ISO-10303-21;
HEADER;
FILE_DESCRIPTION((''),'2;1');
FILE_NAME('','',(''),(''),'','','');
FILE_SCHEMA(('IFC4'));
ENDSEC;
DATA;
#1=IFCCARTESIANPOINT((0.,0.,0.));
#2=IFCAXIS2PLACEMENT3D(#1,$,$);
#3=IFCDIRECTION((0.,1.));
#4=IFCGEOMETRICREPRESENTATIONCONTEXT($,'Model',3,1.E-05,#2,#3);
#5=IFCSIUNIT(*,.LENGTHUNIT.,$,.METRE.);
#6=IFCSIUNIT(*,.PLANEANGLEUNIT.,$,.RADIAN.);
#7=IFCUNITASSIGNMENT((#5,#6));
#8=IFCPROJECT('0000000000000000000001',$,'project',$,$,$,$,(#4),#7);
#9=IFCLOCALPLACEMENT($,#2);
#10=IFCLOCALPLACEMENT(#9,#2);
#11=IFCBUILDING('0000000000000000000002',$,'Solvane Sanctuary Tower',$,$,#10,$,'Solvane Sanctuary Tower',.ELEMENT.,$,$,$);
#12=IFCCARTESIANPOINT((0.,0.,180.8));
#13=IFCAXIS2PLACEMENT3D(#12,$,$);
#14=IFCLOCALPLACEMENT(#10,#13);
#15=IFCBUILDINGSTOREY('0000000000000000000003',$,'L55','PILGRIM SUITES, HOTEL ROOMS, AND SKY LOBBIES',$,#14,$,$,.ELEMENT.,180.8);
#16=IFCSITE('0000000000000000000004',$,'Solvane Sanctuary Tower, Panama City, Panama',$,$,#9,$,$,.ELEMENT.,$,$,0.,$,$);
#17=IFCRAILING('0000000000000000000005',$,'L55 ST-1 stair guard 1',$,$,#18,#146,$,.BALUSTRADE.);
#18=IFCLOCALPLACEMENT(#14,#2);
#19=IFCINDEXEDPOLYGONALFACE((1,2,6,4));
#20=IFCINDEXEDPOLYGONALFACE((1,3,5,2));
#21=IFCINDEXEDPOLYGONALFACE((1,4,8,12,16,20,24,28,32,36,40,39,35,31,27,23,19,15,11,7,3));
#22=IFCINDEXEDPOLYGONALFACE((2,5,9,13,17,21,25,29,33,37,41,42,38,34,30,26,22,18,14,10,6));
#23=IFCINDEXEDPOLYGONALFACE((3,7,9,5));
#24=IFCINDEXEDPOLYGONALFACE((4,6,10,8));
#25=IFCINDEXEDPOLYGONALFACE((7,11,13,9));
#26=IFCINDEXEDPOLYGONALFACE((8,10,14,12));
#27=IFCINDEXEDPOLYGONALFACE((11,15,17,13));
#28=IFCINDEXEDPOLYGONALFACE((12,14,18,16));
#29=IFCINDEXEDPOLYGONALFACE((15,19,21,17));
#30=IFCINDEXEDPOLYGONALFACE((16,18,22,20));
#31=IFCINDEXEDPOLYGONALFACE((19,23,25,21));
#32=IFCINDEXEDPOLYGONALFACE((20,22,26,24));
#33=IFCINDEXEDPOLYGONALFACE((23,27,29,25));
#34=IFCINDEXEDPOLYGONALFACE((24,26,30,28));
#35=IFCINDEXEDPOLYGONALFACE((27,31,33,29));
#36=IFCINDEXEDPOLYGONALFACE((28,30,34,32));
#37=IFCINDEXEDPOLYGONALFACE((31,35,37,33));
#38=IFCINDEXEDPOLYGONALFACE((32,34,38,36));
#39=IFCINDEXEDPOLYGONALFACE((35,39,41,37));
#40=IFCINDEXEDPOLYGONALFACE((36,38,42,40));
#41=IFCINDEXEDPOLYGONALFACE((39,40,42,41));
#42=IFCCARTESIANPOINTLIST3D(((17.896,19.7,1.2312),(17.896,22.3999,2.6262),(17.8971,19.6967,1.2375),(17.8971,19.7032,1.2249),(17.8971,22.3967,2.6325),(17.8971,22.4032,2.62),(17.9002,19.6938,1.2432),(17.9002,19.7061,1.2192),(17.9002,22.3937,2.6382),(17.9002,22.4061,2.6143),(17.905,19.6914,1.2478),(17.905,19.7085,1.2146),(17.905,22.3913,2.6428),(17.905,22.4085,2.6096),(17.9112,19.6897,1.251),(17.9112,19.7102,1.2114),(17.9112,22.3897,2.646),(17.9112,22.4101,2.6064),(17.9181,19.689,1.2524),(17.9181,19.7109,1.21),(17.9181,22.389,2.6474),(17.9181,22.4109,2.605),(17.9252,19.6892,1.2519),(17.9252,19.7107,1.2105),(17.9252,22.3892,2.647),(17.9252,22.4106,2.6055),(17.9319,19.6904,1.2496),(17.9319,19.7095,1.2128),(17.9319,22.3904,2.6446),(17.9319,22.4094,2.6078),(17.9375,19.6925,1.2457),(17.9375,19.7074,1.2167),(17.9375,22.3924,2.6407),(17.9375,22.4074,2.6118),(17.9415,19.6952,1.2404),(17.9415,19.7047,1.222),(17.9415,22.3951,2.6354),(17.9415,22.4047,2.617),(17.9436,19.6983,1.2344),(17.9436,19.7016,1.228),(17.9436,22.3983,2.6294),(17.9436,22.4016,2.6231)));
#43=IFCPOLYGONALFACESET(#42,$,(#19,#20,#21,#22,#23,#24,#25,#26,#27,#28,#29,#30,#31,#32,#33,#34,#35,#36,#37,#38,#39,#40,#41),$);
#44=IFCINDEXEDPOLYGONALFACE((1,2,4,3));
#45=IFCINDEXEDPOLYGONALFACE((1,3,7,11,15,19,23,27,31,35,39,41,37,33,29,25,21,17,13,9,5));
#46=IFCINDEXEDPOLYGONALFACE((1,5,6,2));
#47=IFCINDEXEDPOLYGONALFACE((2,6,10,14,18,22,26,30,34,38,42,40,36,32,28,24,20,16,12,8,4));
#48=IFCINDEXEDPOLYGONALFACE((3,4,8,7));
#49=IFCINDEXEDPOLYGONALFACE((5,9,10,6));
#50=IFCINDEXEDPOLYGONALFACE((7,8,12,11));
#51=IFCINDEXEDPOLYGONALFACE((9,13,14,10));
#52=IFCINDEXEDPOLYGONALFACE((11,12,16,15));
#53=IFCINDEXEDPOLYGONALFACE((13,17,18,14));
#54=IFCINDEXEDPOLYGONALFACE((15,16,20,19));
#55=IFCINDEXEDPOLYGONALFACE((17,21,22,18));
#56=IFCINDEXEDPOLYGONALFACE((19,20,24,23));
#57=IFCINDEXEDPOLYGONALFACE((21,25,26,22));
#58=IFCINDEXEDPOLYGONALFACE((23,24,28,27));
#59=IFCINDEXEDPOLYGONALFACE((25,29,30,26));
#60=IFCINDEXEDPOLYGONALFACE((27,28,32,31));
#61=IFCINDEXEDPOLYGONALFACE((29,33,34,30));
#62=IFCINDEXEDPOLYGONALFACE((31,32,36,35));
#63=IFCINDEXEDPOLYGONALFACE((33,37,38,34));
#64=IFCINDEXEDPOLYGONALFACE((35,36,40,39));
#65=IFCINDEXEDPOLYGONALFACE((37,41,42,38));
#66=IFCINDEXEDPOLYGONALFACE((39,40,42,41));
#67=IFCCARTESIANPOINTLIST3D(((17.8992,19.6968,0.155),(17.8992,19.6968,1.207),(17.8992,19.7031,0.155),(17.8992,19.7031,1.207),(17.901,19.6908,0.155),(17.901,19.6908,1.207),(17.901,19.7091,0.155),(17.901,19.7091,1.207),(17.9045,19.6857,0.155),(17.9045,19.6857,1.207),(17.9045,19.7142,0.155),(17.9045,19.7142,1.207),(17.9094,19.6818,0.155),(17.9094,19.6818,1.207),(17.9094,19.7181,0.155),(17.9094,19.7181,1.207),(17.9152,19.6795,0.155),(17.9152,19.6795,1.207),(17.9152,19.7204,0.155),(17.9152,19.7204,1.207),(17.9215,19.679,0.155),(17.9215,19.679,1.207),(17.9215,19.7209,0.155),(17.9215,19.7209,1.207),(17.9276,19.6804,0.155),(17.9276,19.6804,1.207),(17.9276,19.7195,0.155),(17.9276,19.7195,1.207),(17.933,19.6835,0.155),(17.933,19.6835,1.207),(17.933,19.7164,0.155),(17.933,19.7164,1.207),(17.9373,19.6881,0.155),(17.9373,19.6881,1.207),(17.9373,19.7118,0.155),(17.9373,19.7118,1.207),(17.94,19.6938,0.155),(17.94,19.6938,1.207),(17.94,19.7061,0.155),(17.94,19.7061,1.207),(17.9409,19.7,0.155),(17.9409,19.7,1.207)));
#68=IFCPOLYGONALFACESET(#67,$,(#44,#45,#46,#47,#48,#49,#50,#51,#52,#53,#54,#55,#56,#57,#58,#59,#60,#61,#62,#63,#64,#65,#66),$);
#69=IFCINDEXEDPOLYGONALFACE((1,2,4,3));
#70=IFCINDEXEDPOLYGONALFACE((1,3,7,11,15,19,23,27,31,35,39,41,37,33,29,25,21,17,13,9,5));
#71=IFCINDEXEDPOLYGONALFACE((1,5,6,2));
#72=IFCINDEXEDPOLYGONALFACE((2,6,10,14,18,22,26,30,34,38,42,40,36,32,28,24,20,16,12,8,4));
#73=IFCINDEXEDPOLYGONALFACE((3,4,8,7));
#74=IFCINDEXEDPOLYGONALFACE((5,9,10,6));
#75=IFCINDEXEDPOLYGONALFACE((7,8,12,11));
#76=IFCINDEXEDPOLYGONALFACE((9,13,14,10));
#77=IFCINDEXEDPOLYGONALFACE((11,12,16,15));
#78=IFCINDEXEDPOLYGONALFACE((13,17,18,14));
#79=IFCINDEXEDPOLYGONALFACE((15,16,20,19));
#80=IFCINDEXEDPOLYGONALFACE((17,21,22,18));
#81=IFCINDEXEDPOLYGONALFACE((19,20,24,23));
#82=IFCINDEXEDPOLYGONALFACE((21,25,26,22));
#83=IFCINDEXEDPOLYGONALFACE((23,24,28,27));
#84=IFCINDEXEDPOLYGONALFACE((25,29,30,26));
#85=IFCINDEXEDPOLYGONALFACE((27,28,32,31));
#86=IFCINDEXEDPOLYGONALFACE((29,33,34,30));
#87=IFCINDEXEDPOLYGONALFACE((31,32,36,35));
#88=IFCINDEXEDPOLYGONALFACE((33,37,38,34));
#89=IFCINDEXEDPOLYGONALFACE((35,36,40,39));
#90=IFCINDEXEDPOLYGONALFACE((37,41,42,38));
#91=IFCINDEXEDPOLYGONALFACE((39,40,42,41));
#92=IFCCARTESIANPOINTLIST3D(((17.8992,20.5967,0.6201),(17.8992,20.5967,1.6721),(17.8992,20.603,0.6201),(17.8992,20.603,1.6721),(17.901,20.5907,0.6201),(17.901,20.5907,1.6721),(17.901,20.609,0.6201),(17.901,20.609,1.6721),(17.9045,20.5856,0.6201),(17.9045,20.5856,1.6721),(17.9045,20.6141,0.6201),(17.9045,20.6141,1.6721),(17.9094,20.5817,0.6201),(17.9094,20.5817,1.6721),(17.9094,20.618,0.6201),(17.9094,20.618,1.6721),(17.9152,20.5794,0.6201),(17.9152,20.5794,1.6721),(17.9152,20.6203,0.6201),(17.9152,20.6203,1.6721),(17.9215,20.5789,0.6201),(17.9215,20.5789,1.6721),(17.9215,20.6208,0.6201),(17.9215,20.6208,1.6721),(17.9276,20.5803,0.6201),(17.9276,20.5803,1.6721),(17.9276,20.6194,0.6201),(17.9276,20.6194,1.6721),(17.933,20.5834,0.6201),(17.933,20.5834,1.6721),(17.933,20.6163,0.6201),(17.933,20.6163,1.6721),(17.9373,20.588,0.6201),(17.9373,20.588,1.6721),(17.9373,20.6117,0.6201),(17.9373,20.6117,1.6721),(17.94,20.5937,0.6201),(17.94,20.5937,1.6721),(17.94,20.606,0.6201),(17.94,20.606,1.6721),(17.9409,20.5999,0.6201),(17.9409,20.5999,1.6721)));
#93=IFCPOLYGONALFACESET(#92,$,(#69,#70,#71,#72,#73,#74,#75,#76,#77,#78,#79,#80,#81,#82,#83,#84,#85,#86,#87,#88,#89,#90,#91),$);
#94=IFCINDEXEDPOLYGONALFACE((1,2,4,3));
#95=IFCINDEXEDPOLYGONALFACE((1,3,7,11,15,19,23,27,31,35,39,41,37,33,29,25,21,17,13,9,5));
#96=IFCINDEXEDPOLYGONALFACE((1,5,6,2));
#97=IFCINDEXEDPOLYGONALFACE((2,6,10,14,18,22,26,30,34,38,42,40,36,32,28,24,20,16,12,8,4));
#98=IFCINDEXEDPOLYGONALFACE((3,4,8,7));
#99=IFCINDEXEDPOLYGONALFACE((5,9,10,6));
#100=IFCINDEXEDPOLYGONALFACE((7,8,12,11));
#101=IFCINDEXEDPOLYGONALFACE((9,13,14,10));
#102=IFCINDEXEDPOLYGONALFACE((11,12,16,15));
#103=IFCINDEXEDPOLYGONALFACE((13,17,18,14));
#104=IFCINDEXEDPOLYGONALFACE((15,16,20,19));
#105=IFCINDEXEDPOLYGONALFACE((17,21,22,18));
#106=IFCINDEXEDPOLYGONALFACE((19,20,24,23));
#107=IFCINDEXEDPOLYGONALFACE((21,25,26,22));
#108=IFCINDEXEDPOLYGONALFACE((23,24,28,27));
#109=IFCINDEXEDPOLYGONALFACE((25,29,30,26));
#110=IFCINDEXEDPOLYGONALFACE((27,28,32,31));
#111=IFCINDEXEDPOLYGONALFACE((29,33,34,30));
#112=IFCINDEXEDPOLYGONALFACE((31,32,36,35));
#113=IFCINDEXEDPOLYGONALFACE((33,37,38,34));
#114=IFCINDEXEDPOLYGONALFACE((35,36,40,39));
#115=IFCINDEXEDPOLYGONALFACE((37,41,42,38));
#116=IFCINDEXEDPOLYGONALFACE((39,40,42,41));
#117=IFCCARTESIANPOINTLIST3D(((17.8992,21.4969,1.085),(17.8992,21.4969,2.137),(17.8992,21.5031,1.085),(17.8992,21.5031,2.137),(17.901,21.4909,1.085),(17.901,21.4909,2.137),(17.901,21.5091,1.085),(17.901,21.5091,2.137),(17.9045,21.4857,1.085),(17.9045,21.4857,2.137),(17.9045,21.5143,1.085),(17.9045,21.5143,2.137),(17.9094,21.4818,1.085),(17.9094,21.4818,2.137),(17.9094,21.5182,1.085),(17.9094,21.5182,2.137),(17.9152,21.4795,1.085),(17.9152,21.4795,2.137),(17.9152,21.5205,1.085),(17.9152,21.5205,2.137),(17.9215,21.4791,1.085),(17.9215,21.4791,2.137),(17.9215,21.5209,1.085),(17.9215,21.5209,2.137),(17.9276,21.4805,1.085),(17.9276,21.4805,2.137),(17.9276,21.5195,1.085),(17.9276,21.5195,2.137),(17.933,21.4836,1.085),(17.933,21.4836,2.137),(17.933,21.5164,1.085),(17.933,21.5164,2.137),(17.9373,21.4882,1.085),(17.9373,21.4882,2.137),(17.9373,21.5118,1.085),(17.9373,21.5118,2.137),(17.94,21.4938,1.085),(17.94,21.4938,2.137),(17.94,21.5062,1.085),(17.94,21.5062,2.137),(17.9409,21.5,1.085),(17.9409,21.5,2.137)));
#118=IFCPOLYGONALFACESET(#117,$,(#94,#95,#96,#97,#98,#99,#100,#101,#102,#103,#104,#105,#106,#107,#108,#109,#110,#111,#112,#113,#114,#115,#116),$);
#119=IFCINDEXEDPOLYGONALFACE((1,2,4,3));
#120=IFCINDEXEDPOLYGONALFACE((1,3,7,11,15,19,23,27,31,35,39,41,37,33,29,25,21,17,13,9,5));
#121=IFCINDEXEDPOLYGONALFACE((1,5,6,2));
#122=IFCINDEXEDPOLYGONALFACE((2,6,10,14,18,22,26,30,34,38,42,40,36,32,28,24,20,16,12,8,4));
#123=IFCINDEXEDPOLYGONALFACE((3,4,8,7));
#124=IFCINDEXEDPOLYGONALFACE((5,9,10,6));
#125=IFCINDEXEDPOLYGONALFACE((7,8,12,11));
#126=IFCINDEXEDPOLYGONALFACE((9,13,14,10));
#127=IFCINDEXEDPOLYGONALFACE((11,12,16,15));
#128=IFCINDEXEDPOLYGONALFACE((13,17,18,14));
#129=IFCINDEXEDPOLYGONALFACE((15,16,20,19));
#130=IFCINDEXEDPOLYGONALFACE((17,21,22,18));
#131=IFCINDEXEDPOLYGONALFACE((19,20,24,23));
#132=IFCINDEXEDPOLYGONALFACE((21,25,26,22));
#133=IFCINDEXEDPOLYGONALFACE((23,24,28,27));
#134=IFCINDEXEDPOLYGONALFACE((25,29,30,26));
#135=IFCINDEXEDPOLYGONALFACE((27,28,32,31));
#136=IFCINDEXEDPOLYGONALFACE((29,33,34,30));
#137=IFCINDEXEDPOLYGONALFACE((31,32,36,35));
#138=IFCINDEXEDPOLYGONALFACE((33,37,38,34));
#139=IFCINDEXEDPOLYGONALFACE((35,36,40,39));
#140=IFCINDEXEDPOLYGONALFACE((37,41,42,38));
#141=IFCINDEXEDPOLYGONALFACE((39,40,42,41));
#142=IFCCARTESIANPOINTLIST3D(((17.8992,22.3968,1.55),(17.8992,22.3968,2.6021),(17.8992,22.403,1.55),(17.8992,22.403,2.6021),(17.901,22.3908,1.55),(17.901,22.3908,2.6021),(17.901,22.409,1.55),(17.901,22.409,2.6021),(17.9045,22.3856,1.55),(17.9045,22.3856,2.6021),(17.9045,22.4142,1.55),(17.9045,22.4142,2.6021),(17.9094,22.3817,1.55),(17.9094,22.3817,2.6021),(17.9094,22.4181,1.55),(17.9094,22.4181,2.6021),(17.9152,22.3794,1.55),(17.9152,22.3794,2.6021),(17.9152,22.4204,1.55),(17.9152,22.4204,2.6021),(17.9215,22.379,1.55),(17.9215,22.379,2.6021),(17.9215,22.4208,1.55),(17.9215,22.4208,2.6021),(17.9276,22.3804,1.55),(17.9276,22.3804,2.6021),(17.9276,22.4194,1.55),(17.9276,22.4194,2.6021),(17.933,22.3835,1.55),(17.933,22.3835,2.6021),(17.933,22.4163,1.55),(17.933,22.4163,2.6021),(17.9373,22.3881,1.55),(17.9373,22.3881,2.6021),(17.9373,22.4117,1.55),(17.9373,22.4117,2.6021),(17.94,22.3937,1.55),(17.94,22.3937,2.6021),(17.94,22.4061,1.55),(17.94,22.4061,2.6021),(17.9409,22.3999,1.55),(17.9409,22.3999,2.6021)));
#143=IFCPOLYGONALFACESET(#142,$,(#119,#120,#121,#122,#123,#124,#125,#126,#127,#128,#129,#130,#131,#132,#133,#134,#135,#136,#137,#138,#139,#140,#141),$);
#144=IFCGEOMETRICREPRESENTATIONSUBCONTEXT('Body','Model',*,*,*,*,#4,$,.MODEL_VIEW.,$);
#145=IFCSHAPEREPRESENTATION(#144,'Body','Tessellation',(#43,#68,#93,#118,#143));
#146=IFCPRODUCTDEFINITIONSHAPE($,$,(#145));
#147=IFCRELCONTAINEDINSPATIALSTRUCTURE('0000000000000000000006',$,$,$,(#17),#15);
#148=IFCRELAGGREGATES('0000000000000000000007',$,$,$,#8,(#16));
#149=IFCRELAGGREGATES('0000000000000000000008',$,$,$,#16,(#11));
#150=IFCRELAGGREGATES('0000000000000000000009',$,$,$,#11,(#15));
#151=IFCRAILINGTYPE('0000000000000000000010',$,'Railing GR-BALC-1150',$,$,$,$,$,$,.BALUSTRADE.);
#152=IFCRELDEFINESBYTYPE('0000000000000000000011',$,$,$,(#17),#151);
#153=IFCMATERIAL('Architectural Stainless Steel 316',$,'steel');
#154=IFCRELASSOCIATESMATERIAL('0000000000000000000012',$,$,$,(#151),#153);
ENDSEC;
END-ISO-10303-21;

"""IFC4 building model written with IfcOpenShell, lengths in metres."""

from ifc_helpers import new_model, si_unit, direction, frame, origin, origin_2d, place, context, subcontext, project, spatial, circle, extrude, material, type_object, element, save


model = new_model("IFC4")

# Units and contexts
model_context = context("Model", 3, precision=1e-05, world=origin(), true_north=direction((0.0, 1.0)))
body_context = subcontext(model_context, "Body", "Model", "MODEL_VIEW")
ifc_project = project(units=[si_unit("LENGTHUNIT", "METRE"), si_unit("PLANEANGLEUNIT", "RADIAN")], contexts=[model_context])

# Site, building, storey
site_placement = place(None, origin())
site = spatial("IfcSite", under=ifc_project, at=site_placement, Name="Solvane Sanctuary Tower, Panama City, Panama", CompositionType="ELEMENT", RefElevation=0.0)
building_placement = place(site_placement, origin())
building = spatial("IfcBuilding", under=site, at=building_placement, Name="Solvane Sanctuary Tower", LongName="Solvane Sanctuary Tower", CompositionType="ELEMENT")
storey_placement = place(building_placement, frame((0.0, 0.0, 180.8)))
storey = spatial("IfcBuildingStorey", under=building, at=storey_placement, Name="L55", Description="PILGRIM SUITES, HOTEL ROOMS, AND SKY LOBBIES", CompositionType="ELEMENT", Elevation=180.8)

# Shared definitions
ifc_material_1 = material(Name="Architectural Stainless Steel 316", Category="steel")

# Railing
railing_type = type_object("IfcRailingType", Name="Railing GR-BALC-1150", PredefinedType="BALUSTRADE", material=ifc_material_1)
railing_1_placement = place(storey_placement, frame((17.9199, 19.7, 0.155)))
element("IfcRailing", 1, at=railing_1_placement, inside=storey, type_object=railing_type, Name="L55 ST-1 stair guard 1", PredefinedType="BALUSTRADE", context=body_context, shape_type="SweptSolid", body=[
    extrude(circle(Radius=0.0239, at=origin_2d()), frame((0.0, 0.0, 1.0762), z_axis=(0.0, 0.88842, 0.459032), x_axis=(-1.0, 0.0, 0.0)), (0.0, 0.0, 1.0), 3.0391),
    extrude(circle(Radius=0.021, at=origin_2d()), origin(), (0.0, 0.0, 1.0), 1.052),
    extrude(circle(Radius=0.021, at=origin_2d()), frame((0.0, 0.8999, 0.4651)), (0.0, 0.0, 1.0), 1.052),
    extrude(circle(Radius=0.021, at=origin_2d()), frame((0.0, 1.8, 0.9299)), (0.0, 0.0, 1.0), 1.052),
    extrude(circle(Radius=0.021, at=origin_2d()), frame((0.0, 2.7, 1.395)), (0.0, 0.0, 1.0), 1.052),
])

save(model, "model.ifc")
